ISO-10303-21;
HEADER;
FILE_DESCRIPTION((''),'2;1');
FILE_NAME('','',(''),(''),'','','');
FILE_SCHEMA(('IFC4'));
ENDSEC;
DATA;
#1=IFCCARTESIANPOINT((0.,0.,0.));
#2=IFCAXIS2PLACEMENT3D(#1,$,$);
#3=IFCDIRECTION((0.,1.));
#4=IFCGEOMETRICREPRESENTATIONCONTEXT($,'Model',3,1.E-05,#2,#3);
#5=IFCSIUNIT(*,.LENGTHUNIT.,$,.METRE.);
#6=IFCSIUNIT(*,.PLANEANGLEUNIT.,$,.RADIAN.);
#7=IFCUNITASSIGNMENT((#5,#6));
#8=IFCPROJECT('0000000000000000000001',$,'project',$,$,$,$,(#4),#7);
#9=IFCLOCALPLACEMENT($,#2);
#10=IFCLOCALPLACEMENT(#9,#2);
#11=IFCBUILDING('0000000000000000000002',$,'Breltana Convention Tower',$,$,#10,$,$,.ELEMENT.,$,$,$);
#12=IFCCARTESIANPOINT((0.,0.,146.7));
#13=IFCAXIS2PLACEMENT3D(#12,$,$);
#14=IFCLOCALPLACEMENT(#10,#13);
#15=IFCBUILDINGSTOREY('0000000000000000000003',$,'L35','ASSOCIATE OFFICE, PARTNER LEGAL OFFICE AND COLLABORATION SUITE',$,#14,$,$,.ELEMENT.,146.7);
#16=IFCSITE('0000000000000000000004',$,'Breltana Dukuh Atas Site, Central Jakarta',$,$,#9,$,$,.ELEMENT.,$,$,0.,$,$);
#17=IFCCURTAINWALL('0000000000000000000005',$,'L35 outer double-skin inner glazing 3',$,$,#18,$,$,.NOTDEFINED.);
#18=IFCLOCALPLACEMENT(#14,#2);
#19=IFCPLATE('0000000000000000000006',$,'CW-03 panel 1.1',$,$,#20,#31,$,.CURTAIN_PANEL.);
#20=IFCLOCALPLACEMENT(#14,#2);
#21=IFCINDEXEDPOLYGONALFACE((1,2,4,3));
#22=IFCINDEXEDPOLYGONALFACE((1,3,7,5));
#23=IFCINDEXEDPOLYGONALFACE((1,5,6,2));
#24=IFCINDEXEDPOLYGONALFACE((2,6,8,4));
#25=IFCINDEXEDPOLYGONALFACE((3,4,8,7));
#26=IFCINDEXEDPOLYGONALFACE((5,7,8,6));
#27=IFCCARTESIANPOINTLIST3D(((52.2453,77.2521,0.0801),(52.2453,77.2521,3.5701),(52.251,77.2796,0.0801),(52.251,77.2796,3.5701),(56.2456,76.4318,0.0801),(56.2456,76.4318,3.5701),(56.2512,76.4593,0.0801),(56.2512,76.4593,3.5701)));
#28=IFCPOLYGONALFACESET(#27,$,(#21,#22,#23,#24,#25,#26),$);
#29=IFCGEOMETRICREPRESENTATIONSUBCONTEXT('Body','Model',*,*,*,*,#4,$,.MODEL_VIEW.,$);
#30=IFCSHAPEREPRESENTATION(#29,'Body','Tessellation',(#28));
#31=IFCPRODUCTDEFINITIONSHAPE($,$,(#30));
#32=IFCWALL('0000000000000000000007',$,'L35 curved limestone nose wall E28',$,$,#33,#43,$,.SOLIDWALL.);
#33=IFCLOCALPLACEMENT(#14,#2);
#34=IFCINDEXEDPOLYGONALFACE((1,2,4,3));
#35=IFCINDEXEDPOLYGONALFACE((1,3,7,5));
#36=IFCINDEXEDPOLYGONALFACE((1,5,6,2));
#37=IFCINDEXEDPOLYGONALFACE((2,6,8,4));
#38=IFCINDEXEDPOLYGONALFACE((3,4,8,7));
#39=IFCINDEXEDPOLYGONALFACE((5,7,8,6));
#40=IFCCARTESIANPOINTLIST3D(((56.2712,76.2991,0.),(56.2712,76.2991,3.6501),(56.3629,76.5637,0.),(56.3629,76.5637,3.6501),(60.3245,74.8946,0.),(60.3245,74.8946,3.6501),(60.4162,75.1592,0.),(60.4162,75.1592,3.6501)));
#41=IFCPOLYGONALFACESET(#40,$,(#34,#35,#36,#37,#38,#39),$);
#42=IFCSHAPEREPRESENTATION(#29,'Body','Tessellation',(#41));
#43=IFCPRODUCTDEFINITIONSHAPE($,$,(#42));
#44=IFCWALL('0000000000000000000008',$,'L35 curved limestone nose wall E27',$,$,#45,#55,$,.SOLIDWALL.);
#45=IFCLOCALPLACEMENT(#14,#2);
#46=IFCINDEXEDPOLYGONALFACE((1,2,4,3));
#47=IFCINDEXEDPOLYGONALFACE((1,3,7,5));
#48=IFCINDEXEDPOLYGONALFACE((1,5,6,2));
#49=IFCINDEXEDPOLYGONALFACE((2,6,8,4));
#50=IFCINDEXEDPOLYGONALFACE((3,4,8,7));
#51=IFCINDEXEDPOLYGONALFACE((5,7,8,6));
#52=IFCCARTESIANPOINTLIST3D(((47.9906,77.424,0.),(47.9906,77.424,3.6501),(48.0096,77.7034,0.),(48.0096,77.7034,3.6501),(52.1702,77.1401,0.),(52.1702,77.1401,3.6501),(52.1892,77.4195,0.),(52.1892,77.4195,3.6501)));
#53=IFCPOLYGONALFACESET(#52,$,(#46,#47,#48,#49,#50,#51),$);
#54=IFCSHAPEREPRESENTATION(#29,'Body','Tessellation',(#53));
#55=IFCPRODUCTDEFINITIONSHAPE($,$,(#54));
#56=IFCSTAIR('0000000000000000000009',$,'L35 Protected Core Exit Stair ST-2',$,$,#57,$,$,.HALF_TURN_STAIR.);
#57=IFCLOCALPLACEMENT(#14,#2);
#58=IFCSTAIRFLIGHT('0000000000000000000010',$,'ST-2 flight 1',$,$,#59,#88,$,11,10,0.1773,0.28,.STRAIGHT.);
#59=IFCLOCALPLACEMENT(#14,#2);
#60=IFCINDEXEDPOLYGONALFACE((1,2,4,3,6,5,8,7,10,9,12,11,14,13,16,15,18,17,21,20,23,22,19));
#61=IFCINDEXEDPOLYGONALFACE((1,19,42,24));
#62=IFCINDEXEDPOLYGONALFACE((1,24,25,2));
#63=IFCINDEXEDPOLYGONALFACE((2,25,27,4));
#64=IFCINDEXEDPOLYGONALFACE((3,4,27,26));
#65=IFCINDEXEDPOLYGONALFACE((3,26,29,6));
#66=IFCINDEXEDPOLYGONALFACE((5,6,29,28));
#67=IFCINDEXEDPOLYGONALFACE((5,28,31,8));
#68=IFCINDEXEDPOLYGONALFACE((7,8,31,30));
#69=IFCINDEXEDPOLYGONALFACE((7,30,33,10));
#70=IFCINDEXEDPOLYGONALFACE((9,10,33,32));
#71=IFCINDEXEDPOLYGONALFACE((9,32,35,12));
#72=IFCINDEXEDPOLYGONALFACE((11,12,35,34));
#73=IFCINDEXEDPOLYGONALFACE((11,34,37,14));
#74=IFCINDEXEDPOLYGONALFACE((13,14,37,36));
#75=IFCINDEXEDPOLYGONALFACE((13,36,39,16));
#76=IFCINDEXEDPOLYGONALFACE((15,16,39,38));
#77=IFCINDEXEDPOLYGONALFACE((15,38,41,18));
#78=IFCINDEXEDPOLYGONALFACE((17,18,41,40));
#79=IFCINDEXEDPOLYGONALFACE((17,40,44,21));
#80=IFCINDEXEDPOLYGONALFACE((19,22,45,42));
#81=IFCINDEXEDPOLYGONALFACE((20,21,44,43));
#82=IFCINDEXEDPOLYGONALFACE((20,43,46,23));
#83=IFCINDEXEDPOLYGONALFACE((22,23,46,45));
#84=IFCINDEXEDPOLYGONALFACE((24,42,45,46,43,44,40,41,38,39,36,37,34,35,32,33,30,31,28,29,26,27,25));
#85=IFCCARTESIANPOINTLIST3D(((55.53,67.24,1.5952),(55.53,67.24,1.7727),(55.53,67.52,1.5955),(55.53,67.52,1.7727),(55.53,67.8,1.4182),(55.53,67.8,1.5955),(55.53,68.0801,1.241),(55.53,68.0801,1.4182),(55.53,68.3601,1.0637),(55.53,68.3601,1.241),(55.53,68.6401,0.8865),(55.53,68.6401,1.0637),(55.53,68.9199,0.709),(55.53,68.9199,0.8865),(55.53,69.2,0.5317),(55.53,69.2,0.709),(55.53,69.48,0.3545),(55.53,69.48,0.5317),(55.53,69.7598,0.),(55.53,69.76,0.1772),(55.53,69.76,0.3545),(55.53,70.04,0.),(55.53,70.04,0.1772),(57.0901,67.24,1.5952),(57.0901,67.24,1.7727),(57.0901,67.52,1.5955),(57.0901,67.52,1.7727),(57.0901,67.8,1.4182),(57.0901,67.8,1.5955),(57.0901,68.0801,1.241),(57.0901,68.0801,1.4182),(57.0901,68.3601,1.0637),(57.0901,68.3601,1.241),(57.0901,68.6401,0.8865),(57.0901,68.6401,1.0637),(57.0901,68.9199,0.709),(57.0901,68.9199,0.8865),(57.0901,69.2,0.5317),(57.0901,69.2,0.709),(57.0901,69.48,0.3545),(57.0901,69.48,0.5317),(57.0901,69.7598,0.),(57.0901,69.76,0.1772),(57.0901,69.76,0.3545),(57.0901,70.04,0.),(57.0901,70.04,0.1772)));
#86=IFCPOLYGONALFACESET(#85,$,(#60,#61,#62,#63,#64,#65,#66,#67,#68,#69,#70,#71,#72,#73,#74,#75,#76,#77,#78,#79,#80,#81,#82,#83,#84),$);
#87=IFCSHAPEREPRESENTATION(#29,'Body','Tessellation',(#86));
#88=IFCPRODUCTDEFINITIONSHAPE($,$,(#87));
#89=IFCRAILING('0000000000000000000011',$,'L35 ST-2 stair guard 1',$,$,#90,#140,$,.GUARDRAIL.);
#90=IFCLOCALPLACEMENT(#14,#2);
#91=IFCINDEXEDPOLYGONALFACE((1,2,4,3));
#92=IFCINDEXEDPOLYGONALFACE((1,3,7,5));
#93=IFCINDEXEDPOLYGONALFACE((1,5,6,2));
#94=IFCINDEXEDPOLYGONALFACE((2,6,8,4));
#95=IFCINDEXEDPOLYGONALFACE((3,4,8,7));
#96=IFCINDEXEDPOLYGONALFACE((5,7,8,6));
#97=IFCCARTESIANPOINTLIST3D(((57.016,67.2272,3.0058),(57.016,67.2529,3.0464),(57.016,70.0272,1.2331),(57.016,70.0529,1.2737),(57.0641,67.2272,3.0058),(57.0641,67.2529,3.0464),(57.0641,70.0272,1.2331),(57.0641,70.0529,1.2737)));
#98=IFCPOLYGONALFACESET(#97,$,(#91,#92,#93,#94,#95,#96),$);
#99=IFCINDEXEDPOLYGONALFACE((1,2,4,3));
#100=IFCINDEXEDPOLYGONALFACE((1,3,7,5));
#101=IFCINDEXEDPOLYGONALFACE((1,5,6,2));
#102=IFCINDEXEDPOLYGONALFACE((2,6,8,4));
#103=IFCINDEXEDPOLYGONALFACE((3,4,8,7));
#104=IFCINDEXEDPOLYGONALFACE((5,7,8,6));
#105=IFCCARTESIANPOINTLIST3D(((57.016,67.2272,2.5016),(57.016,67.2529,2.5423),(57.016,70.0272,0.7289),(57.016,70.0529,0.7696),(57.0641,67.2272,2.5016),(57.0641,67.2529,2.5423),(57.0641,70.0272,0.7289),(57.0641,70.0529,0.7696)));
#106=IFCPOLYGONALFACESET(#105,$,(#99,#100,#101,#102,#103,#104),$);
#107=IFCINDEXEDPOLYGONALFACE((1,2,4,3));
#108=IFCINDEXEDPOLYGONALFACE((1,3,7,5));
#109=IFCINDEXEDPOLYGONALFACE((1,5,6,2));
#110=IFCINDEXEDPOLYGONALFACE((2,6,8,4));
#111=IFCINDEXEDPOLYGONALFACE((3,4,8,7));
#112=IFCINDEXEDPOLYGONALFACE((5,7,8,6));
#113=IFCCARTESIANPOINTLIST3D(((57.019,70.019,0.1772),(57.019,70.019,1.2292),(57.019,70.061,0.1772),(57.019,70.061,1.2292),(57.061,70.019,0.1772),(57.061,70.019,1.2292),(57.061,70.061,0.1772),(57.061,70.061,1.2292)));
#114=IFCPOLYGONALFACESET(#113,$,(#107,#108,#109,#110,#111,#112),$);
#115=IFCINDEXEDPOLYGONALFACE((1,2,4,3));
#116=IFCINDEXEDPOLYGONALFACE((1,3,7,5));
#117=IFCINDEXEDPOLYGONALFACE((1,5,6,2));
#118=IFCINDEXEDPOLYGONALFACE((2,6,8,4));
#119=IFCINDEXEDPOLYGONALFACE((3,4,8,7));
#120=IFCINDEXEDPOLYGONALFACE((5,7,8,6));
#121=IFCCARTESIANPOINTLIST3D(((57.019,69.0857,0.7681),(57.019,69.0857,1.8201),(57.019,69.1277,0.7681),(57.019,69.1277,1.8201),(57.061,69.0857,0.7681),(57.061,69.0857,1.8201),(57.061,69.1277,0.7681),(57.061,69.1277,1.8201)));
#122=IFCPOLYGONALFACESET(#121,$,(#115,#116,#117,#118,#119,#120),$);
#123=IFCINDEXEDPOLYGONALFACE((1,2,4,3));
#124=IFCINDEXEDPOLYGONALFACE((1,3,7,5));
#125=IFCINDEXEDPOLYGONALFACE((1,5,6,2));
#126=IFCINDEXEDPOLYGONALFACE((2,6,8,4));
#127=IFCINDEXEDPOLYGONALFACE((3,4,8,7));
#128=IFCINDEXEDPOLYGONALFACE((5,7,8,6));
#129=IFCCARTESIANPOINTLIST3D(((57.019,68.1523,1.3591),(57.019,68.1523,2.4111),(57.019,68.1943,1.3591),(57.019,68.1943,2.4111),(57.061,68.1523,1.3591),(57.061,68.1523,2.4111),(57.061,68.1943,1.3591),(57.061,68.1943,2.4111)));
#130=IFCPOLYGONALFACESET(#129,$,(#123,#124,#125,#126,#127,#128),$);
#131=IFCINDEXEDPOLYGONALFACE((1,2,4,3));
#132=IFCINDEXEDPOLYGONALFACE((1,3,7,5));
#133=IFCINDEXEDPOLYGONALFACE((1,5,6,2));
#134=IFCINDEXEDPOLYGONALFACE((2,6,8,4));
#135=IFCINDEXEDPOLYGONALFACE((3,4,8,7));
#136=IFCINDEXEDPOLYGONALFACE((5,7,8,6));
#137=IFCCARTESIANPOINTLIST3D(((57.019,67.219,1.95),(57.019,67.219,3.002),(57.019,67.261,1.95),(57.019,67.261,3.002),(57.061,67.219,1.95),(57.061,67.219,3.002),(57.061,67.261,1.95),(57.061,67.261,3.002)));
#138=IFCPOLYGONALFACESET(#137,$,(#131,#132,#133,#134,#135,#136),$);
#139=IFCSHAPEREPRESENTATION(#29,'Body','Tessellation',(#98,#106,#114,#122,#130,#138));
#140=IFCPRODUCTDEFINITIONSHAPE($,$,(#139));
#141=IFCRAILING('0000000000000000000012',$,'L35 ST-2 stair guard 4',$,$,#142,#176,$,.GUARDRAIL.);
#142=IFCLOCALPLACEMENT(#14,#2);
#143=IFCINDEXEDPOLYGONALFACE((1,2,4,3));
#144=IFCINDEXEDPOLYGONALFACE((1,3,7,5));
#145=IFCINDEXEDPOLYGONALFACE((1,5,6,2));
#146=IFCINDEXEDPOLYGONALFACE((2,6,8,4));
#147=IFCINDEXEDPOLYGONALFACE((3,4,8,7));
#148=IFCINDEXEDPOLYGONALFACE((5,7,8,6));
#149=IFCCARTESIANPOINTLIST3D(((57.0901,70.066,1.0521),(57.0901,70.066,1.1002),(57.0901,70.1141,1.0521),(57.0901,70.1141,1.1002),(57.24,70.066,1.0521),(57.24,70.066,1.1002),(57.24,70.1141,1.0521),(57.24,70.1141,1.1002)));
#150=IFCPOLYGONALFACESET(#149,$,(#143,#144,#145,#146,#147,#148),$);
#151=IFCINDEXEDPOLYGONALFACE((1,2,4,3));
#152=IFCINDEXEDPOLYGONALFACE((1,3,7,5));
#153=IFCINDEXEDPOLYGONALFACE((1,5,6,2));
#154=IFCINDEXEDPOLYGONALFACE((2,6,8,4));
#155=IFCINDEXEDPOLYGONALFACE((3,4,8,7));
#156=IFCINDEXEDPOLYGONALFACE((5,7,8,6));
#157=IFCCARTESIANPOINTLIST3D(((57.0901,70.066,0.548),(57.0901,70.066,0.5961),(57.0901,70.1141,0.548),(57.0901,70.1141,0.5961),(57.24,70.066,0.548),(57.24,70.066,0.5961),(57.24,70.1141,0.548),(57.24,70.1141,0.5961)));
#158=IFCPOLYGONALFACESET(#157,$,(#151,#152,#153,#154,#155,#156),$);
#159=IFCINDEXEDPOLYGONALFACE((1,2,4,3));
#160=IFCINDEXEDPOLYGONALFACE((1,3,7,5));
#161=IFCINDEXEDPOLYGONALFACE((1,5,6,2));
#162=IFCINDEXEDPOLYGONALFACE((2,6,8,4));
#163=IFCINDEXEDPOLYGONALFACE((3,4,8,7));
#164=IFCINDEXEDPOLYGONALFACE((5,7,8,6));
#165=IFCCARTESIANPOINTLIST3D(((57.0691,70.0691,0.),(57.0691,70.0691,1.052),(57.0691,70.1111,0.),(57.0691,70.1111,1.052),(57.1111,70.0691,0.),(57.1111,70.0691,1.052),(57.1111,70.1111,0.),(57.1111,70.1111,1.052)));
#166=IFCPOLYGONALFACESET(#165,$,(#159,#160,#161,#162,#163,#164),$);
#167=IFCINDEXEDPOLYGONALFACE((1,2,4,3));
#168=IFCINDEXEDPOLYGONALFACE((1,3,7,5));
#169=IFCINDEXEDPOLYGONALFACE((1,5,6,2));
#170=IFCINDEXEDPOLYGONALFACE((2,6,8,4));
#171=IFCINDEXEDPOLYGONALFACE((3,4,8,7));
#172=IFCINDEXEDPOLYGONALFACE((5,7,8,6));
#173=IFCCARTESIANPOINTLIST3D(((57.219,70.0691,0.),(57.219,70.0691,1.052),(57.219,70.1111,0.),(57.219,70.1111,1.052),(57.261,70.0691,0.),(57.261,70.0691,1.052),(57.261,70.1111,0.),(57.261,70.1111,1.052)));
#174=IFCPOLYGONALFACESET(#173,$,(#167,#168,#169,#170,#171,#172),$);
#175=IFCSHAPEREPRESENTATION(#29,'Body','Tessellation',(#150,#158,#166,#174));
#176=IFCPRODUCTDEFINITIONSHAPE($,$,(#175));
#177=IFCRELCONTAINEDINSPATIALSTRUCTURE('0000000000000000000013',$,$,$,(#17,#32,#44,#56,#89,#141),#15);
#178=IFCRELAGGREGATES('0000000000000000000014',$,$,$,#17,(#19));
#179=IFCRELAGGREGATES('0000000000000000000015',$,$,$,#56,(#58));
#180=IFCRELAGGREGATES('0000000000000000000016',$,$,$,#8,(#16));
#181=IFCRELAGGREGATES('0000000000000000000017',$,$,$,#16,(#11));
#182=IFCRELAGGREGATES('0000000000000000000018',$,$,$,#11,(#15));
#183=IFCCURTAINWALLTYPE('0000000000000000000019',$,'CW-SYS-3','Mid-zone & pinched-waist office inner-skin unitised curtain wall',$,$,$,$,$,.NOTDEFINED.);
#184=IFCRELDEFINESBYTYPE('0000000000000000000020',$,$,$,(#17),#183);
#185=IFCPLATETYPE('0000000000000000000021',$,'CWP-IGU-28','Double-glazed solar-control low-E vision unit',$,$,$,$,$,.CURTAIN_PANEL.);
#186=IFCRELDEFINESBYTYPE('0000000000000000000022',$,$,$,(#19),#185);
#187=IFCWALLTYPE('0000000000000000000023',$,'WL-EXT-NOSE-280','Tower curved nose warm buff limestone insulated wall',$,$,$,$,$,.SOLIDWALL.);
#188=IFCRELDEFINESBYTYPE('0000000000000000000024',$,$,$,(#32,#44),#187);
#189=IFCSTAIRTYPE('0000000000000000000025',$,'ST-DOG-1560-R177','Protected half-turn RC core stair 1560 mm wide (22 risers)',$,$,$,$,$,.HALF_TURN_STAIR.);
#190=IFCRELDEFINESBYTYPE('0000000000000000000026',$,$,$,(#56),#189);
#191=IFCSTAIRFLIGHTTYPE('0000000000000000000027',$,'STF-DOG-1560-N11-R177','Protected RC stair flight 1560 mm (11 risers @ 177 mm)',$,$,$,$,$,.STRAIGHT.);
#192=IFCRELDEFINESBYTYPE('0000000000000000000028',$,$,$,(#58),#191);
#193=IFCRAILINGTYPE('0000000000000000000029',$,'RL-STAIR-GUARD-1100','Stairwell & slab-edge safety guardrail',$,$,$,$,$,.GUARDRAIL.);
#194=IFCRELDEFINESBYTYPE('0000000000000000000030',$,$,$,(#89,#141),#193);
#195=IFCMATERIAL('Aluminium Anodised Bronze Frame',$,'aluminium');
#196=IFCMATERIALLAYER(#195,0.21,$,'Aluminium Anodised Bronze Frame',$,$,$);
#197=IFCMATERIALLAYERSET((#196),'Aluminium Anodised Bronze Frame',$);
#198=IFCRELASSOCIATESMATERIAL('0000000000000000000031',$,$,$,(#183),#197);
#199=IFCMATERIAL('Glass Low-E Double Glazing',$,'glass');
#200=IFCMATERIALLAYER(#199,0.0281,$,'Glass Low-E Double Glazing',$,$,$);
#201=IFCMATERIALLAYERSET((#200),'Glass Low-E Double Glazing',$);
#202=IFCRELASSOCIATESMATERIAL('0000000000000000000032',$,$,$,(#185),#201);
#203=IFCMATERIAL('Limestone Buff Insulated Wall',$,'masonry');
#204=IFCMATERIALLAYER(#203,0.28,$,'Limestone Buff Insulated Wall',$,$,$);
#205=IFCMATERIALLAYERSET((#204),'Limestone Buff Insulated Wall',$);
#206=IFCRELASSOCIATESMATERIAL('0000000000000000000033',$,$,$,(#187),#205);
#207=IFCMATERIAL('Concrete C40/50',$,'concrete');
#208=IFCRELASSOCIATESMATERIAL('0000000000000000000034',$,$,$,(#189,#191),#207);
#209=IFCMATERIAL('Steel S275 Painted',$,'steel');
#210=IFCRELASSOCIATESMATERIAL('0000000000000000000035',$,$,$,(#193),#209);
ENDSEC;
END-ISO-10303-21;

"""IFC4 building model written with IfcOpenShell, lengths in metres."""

from ifc_helpers import new_model, si_unit, direction, frame, frame_2d, origin, origin_2d, place, context, subcontext, project, spatial, polyline, rectangle, outline, extrude, source, transform, mapped, material, layer, layer_set, type_object, element, aggregate, save


model = new_model("IFC4")

# Units and contexts
model_context = context("Model", 3, precision=1e-05, world=origin(), true_north=direction((0.0, 1.0)))
body_context = subcontext(model_context, "Body", "Model", "MODEL_VIEW")
ifc_project = project(units=[si_unit("LENGTHUNIT", "METRE"), si_unit("PLANEANGLEUNIT", "RADIAN")], contexts=[model_context])

# Site, building, storey
site_placement = place(None, origin())
site = spatial("IfcSite", under=ifc_project, at=site_placement, Name="Breltana Dukuh Atas Site, Central Jakarta", CompositionType="ELEMENT", RefElevation=0.0)
building_placement = place(site_placement, origin())
building = spatial("IfcBuilding", under=site, at=building_placement, Name="Breltana Convention Tower", CompositionType="ELEMENT")
storey_placement = place(building_placement, frame((0.0, 0.0, 146.7)))
storey = spatial("IfcBuildingStorey", under=building, at=storey_placement, Name="L35", Description="ASSOCIATE OFFICE, PARTNER LEGAL OFFICE AND COLLABORATION SUITE", CompositionType="ELEMENT", Elevation=146.7)

# Curtain wall, plate
ifc_material_1 = material(Name="Aluminium Anodised Bronze Frame", Category="aluminium")
ifc_layer_1 = layer(ifc_material_1, 0.21, Name="Aluminium Anodised Bronze Frame")
ifc_layer_set_1 = layer_set([ifc_layer_1], Name="Aluminium Anodised Bronze Frame")
curtain_wall_type = type_object("IfcCurtainWallType", Name="CW-SYS-3", Description="Mid-zone & pinched-waist office inner-skin unitised curtain wall", PredefinedType="NOTDEFINED", material=ifc_layer_set_1)
curtain_wall_placement = place(storey_placement, origin())
curtain_wall = element("IfcCurtainWall", 1, at=curtain_wall_placement, inside=storey, type_object=curtain_wall_type, Name="L35 outer double-skin inner glazing 3", PredefinedType="NOTDEFINED")
ifc_material_2 = material(Name="Glass Low-E Double Glazing", Category="glass")
ifc_layer_2 = layer(ifc_material_2, 0.0281, Name="Glass Low-E Double Glazing")
ifc_layer_set_2 = layer_set([ifc_layer_2], Name="Glass Low-E Double Glazing")
plate_type = type_object("IfcPlateType", Name="CWP-IGU-28", Description="Double-glazed solar-control low-E vision unit", PredefinedType="CURTAIN_PANEL", material=ifc_layer_set_2)
shared_shape_1 = source(origin(), body_context, "Body", "SweptSolid", [
    extrude(rectangle(XDim=4.0835, YDim=0.0281, at=origin_2d()), origin(), (0.0, 0.0, 1.0), 3.49),
])
plate_placement = place(storey_placement, frame((54.2483, 76.8557, 0.0801), z_axis=(0.0, 0.0, 1.0), x_axis=(0.979617, -0.200877, 0.0)))
plate = element("IfcPlate", 2, at=plate_placement, type_object=plate_type, Name="CW-03 panel 1.1", PredefinedType="CURTAIN_PANEL", context=body_context, shape_type="MappedRepresentation", body=[
    mapped(shared_shape_1, transform((0.0, 0.0, 0.0), scale=1.0)),
])
aggregate(curtain_wall, [plate])

# Walls
ifc_material_3 = material(Name="Limestone Buff Insulated Wall", Category="masonry")
ifc_layer_3 = layer(ifc_material_3, 0.28, Name="Limestone Buff Insulated Wall")
ifc_layer_set_3 = layer_set([ifc_layer_3], Name="Limestone Buff Insulated Wall")
wall_type_1 = type_object("IfcWallType", Name="WL-EXT-NOSE-280", Description="Tower curved nose warm buff limestone insulated wall", PredefinedType="SOLIDWALL", material=ifc_layer_set_3)
shared_shape_2 = source(origin(), body_context, "Body", "SweptSolid", [
    extrude(rectangle(XDim=4.2898, YDim=0.28, at=frame_2d((2.145, 0.0))), origin(), (0.0, 0.0, 1.0), 3.6501),
])
wall_1_placement = place(storey_placement, frame((56.3169, 76.4314, 0.0), z_axis=(0.0, 0.0, 1.0), x_axis=(0.944884, -0.327406, 0.0)))
element("IfcWall", 3, at=wall_1_placement, inside=storey, type_object=wall_type_1, Name="L35 curved limestone nose wall E28", PredefinedType="SOLIDWALL", context=body_context, shape_type="MappedRepresentation", body=[
    mapped(shared_shape_2, transform((0.0, 0.0, 0.0), scale=1.0)),
])
shared_shape_3 = source(origin(), body_context, "Body", "SweptSolid", [
    extrude(rectangle(XDim=4.1892, YDim=0.28, at=frame_2d((2.0947, 0.0))), origin(), (0.0, 0.0, 1.0), 3.6501),
])
wall_2_placement = place(storey_placement, frame((48.0, 77.5637, 0.0), z_axis=(0.0, 0.0, 1.0), x_axis=(0.997701, -0.067776, 0.0)))
element("IfcWall", 4, at=wall_2_placement, inside=storey, type_object=wall_type_1, Name="L35 curved limestone nose wall E27", PredefinedType="SOLIDWALL", context=body_context, shape_type="MappedRepresentation", body=[
    mapped(shared_shape_3, transform((0.0, 0.0, 0.0), scale=1.0)),
])

# Stair, stair flight
ifc_material_4 = material(Name="Concrete C40/50", Category="concrete")
stair_type = type_object("IfcStairType", Name="ST-DOG-1560-R177", Description="Protected half-turn RC core stair 1560 mm wide (22 risers)", PredefinedType="HALF_TURN_STAIR", material=ifc_material_4)
stair_placement = place(storey_placement, origin())
stair = element("IfcStair", 5, at=stair_placement, inside=storey, type_object=stair_type, Name="L35 Protected Core Exit Stair ST-2", PredefinedType="HALF_TURN_STAIR")
stair_flight_type = type_object("IfcStairFlightType", Name="STF-DOG-1560-N11-R177", Description="Protected RC stair flight 1560 mm (11 risers @ 177 mm)", PredefinedType="STRAIGHT", material=ifc_material_4)
stair_flight_placement = place(storey_placement, frame((56.3101, 70.04, 0.0), z_axis=(0.0, 0.0, 1.0), x_axis=(0.0, -1.0, 0.0)))
stair_flight = element("IfcStairFlight", 6, at=stair_flight_placement, type_object=stair_flight_type, Name="ST-2 flight 1", NumberOfRisers=11, NumberOfTreads=10, PredefinedType="STRAIGHT", RiserHeight=0.1773, TreadLength=0.28, context=body_context, shape_type="SweptSolid", body=[
    extrude(outline(polyline([(0.0, 0.0), (0.0, 0.1772), (0.28, 0.1772), (0.28, 0.3545), (0.5601, 0.3545), (0.5601, 0.5317), (0.8401, 0.5317), (0.8401, 0.709), (1.1201, 0.709), (1.1201, 0.8865), (1.3999, 0.8865), (1.3999, 1.0637), (1.6799, 1.0637), (1.6799, 1.241), (1.96, 1.241), (1.96, 1.4182), (2.24, 1.4182), (2.24, 1.5955), (2.52, 1.5955), (2.52, 1.7727), (2.8, 1.7727), (2.8, 1.95), (2.8, 1.5952), (0.2803, 0.0), (0.0, 0.0)])), frame((0.0, 0.78, 0.0), z_axis=(0.0, -1.0, 0.0), x_axis=(1.0, 0.0, 0.0)), (0.0, 0.0, 1.0), 1.5601),
])
aggregate(stair, [stair_flight])

# Railings
ifc_material_5 = material(Name="Steel S275 Painted", Category="steel")
railing_type_1 = type_object("IfcRailingType", Name="RL-STAIR-GUARD-1100", Description="Stairwell & slab-edge safety guardrail", PredefinedType="GUARDRAIL", material=ifc_material_5)
railing_1_placement = place(storey_placement, frame((57.04, 70.04, 0.1772)))
element("IfcRailing", 7, at=railing_1_placement, inside=storey, type_object=railing_type_1, Name="L35 ST-2 stair guard 1", PredefinedType="GUARDRAIL", context=body_context, shape_type="SweptSolid", body=[
    extrude(rectangle(XDim=0.0481, YDim=0.0481, at=origin_2d()), frame((0.0, 0.0, 1.0762), z_axis=(0.0, -0.844909, 0.53491), x_axis=(1.0, 0.0, 0.0)), (0.0, 0.0, 1.0), 3.314),
    extrude(rectangle(XDim=0.0481, YDim=0.0481, at=origin_2d()), frame((0.0, 0.0, 0.572), z_axis=(0.0, -0.844909, 0.53491), x_axis=(1.0, 0.0, 0.0)), (0.0, 0.0, 1.0), 3.314),
    extrude(rectangle(XDim=0.042, YDim=0.042, at=origin_2d()), origin(), (0.0, 0.0, 1.0), 1.052),
    extrude(rectangle(XDim=0.042, YDim=0.042, at=origin_2d()), frame((0.0, -0.9333, 0.5908)), (0.0, 0.0, 1.0), 1.052),
    extrude(rectangle(XDim=0.042, YDim=0.042, at=origin_2d()), frame((0.0, -1.8667, 1.1819)), (0.0, 0.0, 1.0), 1.052),
    extrude(rectangle(XDim=0.042, YDim=0.042, at=origin_2d()), frame((0.0, -2.8, 1.7727)), (0.0, 0.0, 1.0), 1.052),
])
railing_2_placement = place(storey_placement, frame((57.0901, 70.0901, 0.0)))
element("IfcRailing", 8, at=railing_2_placement, inside=storey, type_object=railing_type_1, Name="L35 ST-2 stair guard 4", PredefinedType="GUARDRAIL", context=body_context, shape_type="SweptSolid", body=[
    extrude(rectangle(XDim=0.0481, YDim=0.0481, at=origin_2d()), frame((0.0, 0.0, 1.0762), z_axis=(1.0, 0.0, 0.0), x_axis=(0.0, 1.0, 0.0)), (0.0, 0.0, 1.0), 0.1499),
    extrude(rectangle(XDim=0.0481, YDim=0.0481, at=origin_2d()), frame((0.0, 0.0, 0.572), z_axis=(1.0, 0.0, 0.0), x_axis=(0.0, 1.0, 0.0)), (0.0, 0.0, 1.0), 0.1499),
    extrude(rectangle(XDim=0.042, YDim=0.042, at=origin_2d()), origin(), (0.0, 0.0, 1.0), 1.052),
    extrude(rectangle(XDim=0.042, YDim=0.042, at=origin_2d()), frame((0.1499, 0.0, 0.0)), (0.0, 0.0, 1.0), 1.052),
])

save(model, "model.ifc")
